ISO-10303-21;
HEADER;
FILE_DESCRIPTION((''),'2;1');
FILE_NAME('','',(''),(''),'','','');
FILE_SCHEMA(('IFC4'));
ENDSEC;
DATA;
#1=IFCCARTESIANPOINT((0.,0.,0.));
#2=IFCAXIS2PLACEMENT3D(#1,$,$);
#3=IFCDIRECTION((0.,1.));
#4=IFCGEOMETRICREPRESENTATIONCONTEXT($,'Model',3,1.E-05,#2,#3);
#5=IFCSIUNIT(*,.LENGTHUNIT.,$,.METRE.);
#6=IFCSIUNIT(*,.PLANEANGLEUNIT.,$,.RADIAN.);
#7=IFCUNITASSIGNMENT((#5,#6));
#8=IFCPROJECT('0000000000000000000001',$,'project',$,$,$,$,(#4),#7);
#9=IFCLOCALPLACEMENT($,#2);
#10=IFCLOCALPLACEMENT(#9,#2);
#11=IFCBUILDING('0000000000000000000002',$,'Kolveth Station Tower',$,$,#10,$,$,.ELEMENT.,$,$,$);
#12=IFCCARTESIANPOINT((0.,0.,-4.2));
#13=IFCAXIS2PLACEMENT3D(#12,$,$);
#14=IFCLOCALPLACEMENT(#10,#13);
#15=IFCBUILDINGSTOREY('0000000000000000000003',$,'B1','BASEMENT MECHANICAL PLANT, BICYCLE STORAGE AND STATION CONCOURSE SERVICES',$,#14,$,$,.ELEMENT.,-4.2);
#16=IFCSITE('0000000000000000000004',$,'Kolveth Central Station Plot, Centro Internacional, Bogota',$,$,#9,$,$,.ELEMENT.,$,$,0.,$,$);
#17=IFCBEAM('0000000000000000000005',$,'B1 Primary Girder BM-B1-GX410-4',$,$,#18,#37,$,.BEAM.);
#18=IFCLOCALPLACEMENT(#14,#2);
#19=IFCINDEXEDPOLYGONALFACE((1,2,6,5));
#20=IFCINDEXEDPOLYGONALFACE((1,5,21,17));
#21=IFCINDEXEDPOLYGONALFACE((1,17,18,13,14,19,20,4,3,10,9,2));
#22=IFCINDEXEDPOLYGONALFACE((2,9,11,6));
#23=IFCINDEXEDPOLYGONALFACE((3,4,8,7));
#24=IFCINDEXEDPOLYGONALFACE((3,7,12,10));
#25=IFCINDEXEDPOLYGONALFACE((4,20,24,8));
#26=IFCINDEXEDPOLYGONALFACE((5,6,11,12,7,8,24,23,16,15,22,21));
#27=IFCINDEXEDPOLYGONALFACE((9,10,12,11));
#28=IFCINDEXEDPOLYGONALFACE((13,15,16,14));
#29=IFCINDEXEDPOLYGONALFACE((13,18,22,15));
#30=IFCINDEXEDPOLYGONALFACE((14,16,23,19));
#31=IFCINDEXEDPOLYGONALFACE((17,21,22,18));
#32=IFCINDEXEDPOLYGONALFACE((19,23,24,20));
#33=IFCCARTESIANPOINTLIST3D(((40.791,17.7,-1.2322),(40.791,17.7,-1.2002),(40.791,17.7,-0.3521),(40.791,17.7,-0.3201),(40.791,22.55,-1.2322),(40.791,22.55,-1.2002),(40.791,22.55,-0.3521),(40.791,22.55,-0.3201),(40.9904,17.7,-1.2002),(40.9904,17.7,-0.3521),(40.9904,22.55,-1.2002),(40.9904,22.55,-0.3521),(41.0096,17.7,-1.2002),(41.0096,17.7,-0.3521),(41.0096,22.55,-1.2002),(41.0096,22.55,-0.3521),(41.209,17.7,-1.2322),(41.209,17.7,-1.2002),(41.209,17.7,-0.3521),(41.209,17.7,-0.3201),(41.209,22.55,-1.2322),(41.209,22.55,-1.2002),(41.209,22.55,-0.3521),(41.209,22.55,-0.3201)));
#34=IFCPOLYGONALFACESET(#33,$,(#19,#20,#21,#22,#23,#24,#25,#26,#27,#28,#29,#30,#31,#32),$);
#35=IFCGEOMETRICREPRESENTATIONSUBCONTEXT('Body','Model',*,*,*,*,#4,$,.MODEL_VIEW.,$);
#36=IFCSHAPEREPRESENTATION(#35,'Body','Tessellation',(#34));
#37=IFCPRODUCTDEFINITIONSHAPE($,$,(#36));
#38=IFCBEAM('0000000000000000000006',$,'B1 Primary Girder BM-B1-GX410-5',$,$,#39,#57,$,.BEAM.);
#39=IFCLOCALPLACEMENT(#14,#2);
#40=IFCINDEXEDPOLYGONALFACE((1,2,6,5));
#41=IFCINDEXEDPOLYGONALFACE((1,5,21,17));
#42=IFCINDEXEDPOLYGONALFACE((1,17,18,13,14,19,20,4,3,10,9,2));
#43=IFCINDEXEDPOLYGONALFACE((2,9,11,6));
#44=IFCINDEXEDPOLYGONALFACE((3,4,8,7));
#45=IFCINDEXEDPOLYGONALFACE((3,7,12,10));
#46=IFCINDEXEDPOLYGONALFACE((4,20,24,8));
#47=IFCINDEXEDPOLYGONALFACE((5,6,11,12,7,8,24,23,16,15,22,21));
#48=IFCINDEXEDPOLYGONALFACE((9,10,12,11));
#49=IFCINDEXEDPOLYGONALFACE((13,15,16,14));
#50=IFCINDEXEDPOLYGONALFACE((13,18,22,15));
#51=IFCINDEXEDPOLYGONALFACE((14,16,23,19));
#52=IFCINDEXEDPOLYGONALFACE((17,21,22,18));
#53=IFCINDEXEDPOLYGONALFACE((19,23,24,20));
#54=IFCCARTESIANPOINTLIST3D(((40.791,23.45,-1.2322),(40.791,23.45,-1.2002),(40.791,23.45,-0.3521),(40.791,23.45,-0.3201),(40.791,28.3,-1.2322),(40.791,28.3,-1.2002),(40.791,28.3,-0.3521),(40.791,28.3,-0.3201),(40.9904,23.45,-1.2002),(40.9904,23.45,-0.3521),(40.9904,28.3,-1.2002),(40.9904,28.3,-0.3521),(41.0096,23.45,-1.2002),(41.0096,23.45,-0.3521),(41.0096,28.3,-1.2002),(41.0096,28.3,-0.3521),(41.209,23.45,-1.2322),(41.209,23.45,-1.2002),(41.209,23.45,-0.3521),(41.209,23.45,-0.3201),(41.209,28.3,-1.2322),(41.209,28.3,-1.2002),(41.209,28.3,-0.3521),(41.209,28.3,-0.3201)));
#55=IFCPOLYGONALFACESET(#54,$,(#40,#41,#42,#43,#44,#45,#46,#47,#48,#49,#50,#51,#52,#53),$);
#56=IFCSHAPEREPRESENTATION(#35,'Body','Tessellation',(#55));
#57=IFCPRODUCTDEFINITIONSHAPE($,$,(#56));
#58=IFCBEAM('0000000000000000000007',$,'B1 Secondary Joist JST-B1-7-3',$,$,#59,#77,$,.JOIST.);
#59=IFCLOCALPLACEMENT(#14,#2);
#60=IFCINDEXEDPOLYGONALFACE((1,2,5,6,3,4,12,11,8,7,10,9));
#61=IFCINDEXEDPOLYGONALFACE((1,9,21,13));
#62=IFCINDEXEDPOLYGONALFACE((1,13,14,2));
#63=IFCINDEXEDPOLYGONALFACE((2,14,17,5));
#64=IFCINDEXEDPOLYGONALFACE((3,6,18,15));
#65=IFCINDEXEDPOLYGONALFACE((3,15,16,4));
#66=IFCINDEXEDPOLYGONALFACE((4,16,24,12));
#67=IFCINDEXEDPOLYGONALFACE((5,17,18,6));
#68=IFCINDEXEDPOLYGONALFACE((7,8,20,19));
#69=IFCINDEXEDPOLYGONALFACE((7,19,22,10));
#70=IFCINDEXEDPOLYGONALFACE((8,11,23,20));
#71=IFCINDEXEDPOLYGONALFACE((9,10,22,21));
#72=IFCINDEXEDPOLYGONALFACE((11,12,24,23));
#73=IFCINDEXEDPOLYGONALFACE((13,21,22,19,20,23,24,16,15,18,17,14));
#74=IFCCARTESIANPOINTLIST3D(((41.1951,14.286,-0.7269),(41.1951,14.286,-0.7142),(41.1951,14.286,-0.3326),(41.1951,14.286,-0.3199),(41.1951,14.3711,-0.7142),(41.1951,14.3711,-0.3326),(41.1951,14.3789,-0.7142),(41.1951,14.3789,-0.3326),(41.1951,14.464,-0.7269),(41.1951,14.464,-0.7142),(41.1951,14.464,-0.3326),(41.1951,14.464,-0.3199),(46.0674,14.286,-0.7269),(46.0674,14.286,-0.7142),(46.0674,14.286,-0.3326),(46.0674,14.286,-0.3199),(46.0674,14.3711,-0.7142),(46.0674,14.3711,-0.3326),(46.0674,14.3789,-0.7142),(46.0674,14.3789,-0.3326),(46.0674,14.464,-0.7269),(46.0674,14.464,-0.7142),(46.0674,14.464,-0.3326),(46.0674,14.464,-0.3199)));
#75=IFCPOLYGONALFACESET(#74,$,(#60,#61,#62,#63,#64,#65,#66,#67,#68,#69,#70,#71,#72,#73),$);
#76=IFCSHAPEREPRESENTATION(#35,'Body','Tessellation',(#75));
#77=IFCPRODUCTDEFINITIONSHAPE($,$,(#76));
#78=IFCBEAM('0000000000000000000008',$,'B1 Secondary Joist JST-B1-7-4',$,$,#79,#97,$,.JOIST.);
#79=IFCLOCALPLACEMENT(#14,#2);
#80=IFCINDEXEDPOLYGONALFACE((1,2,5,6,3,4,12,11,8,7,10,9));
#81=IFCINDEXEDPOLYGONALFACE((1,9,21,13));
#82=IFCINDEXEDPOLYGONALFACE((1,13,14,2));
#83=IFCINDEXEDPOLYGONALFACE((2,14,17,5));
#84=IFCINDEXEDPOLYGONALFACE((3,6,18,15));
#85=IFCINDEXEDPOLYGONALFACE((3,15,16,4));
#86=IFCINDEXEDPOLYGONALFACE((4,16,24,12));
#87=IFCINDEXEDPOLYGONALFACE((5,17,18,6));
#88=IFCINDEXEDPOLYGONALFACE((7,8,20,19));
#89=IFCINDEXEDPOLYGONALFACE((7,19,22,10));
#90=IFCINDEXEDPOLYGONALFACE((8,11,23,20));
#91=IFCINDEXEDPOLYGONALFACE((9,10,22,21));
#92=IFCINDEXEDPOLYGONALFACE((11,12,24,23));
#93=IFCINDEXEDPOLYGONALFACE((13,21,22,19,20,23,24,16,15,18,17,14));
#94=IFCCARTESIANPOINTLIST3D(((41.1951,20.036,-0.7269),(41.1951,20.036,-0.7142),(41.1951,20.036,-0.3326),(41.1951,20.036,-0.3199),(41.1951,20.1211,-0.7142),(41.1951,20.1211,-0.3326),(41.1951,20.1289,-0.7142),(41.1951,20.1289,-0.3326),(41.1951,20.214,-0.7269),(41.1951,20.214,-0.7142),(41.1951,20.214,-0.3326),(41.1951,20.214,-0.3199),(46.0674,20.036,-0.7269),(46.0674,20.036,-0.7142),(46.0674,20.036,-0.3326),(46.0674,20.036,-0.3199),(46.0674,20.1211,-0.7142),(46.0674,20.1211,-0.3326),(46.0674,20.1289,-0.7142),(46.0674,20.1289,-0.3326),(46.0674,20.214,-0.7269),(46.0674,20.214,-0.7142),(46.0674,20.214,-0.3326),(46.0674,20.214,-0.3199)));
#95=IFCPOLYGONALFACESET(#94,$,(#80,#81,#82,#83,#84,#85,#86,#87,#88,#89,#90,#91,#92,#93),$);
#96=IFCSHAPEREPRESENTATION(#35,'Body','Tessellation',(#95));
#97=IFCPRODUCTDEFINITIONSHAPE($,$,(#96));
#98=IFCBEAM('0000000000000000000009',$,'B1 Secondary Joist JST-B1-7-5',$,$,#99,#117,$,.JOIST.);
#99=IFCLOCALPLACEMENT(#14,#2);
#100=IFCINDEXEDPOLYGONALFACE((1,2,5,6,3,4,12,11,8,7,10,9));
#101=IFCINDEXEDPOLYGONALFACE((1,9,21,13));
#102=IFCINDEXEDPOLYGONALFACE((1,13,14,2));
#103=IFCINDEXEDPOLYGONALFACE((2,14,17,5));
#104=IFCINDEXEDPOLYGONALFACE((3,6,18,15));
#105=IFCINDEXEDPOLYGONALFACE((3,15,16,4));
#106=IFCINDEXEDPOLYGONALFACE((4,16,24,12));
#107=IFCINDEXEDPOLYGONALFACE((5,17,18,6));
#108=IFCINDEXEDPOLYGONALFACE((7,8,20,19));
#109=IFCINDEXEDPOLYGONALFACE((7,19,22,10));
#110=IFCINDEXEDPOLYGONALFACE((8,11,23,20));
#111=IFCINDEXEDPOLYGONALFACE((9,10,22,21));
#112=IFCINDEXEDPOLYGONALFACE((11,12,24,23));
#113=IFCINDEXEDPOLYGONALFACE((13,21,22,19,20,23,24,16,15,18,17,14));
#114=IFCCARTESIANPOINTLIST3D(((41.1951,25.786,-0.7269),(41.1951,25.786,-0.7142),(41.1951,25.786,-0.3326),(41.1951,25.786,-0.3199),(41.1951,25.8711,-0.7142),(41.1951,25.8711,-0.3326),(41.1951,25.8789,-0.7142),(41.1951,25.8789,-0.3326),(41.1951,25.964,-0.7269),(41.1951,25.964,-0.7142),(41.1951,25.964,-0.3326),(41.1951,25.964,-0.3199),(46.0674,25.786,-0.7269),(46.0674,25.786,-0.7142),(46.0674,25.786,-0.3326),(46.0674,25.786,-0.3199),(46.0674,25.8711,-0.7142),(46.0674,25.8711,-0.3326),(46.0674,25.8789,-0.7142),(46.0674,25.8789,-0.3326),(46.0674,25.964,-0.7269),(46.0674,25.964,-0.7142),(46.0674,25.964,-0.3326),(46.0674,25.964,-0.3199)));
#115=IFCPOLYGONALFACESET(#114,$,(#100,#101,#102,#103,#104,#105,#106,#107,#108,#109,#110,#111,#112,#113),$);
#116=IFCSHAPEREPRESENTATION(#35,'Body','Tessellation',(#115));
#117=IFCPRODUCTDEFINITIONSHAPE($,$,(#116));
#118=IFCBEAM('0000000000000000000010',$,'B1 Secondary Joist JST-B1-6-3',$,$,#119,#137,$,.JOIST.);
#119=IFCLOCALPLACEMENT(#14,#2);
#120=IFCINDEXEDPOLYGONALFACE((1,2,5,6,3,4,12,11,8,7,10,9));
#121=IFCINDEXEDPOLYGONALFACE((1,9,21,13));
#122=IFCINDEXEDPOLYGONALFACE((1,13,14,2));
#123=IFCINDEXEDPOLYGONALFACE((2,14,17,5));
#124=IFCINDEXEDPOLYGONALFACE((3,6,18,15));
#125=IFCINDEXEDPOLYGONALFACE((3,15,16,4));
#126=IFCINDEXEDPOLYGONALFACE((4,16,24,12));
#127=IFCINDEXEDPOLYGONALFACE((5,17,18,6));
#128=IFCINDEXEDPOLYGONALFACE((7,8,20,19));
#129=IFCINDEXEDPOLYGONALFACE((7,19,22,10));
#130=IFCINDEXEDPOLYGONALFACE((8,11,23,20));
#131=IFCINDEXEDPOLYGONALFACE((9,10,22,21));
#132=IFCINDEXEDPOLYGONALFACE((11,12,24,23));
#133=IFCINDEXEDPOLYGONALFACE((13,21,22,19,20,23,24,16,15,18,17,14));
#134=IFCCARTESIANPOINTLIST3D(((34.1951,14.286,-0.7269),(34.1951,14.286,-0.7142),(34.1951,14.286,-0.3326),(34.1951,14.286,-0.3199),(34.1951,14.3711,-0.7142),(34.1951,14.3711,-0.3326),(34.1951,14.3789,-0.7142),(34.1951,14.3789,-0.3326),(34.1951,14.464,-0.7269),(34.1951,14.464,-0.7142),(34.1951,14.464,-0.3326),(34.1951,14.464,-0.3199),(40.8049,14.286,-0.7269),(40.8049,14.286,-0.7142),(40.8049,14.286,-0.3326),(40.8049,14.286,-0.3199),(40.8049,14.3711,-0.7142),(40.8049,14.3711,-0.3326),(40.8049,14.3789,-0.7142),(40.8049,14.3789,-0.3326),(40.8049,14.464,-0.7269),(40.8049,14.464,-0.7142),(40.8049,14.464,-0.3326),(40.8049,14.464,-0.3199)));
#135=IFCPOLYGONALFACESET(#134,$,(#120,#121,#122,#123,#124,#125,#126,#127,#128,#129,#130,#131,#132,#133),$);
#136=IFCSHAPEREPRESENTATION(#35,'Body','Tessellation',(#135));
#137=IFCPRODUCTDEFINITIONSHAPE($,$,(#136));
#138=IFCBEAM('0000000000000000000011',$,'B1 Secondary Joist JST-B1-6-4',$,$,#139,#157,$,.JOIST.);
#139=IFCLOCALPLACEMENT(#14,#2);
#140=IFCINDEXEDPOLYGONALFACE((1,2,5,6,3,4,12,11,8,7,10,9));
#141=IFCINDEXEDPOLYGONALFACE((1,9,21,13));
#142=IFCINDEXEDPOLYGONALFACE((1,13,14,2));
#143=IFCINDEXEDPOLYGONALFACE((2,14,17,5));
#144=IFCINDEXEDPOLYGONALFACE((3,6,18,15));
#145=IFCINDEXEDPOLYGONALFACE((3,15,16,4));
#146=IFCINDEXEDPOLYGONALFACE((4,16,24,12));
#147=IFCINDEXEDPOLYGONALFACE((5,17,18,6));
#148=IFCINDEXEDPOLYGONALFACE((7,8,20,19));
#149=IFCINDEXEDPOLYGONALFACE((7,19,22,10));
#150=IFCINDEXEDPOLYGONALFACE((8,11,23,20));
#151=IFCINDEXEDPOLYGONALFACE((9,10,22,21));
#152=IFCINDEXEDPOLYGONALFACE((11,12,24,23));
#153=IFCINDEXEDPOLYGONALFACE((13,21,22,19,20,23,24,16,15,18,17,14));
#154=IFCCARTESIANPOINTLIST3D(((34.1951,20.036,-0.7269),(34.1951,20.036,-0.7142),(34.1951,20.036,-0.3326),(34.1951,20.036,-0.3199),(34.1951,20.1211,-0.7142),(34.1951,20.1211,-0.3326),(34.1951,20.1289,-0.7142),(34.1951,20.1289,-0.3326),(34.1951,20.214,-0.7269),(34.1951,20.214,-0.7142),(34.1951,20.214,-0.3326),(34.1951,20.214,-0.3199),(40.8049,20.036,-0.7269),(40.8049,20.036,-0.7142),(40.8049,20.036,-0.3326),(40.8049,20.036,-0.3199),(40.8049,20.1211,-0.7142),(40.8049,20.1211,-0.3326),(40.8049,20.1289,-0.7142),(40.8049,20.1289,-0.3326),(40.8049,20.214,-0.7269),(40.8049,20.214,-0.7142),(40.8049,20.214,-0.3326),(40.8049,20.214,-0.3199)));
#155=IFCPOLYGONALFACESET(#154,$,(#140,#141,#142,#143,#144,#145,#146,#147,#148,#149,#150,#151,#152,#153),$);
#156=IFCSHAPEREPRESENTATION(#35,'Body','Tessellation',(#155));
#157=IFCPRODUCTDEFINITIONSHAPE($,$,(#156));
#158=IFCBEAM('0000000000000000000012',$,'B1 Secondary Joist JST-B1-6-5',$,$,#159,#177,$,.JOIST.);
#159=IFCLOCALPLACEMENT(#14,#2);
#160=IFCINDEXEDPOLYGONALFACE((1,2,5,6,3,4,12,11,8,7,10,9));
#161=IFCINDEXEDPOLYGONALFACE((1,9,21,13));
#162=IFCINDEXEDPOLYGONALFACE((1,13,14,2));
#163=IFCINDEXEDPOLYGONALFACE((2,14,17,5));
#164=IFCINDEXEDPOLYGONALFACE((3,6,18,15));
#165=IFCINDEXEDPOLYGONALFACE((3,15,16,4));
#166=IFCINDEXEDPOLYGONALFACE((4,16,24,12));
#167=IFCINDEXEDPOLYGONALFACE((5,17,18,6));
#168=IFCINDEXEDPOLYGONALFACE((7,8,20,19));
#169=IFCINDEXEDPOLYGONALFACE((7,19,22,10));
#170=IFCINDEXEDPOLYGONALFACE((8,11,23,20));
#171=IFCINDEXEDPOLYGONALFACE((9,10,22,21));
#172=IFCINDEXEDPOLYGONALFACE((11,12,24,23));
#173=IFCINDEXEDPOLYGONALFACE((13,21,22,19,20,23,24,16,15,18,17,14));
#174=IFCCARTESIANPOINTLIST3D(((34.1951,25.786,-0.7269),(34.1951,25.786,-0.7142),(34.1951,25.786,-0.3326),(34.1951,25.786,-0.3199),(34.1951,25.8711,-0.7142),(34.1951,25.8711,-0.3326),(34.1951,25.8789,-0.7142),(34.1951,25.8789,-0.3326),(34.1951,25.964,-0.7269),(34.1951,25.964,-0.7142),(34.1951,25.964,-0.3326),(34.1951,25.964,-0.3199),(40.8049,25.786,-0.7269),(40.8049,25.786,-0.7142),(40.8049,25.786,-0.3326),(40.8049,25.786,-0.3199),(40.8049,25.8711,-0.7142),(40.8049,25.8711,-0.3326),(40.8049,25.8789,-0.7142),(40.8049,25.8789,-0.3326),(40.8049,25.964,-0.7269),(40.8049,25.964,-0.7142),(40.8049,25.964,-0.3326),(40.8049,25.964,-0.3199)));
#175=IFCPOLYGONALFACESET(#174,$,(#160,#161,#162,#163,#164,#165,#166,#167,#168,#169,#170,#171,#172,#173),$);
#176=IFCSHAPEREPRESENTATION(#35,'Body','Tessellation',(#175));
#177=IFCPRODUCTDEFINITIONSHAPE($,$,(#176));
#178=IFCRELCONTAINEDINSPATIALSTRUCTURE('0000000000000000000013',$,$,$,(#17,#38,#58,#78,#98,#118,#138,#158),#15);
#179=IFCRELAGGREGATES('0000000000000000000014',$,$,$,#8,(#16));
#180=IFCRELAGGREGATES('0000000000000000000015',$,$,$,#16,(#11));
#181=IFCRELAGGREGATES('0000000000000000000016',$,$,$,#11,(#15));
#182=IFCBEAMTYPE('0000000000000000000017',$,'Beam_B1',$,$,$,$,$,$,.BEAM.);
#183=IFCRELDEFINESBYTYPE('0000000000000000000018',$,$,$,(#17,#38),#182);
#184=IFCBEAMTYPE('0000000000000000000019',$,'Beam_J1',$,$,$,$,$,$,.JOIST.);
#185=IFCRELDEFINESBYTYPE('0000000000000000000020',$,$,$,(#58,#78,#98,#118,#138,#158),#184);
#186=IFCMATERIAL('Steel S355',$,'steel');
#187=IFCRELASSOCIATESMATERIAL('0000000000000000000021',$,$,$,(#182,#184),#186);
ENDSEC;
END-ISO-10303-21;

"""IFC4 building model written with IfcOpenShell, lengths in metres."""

from ifc_helpers import new_model, si_unit, direction, frame, origin, origin_2d, place, context, subcontext, project, spatial, i_section, extrude, source, transform, mapped, material, material_profile, profile_set, type_object, element, save


model = new_model("IFC4")

# Units and contexts
model_context = context("Model", 3, precision=1e-05, world=origin(), true_north=direction((0.0, 1.0)))
body_context = subcontext(model_context, "Body", "Model", "MODEL_VIEW")
ifc_project = project(units=[si_unit("LENGTHUNIT", "METRE"), si_unit("PLANEANGLEUNIT", "RADIAN")], contexts=[model_context])

# Site, building, storey
site_placement = place(None, origin())
site = spatial("IfcSite", under=ifc_project, at=site_placement, Name="Kolveth Central Station Plot, Centro Internacional, Bogota", CompositionType="ELEMENT", RefElevation=0.0)
building_placement = place(site_placement, origin())
building = spatial("IfcBuilding", under=site, at=building_placement, Name="Kolveth Station Tower", CompositionType="ELEMENT")
storey_placement = place(building_placement, frame((0.0, 0.0, -4.2)))
storey = spatial("IfcBuildingStorey", under=building, at=storey_placement, Name="B1", Description="BASEMENT MECHANICAL PLANT, BICYCLE STORAGE AND STATION CONCOURSE SERVICES", CompositionType="ELEMENT", Elevation=-4.2)

# Beams
ifc_material_1 = material(Name="Steel S355", Category="steel")
ifc_material_profile_1 = material_profile(ifc_material_1, i_section(OverallWidth=0.418, OverallDepth=0.9121, WebThickness=0.0193, FlangeThickness=0.032, at=origin_2d()), Name="W920x342")
ifc_profile_set_1 = profile_set([ifc_material_profile_1], Name="Steel S355")
beam_type_1 = type_object("IfcBeamType", Name="Beam_B1", PredefinedType="BEAM", material=ifc_profile_set_1)
shared_shape_1 = source(origin(), body_context, "Body", "SweptSolid", [
    extrude(i_section(OverallWidth=0.418, OverallDepth=0.9121, WebThickness=0.0193, FlangeThickness=0.032, at=origin_2d()), origin(), (0.0, 0.0, 1.0), 4.8501),
])
for number, where, z_axis, x_axis, name in (
    (1, (41.0, 17.7, -0.7761), (0.0, 1.0, 0.0), (-1.0, 0.0, 0.0), "B1 Primary Girder BM-B1-GX410-4"),
    (2, (41.0, 23.45, -0.7761), (0.0, 1.0, 0.0), (-1.0, 0.0, 0.0), "B1 Primary Girder BM-B1-GX410-5"),
):
    element("IfcBeam", number, at=place(storey_placement, frame(where, z_axis=z_axis, x_axis=x_axis)), inside=storey, type_object=beam_type_1, Name=name, PredefinedType="BEAM", context=body_context, shape_type="MappedRepresentation", body=[
        mapped(shared_shape_1, transform((0.0, 0.0, 0.0), x_axis=(1.0, 0.0, 0.0), y_axis=(0.0, 1.0, 0.0), z_axis=(0.0, 0.0, 1.0), scale=1.0)),
    ])
ifc_material_profile_2 = material_profile(ifc_material_1, i_section(OverallWidth=0.178, OverallDepth=0.407, WebThickness=0.0078, FlangeThickness=0.0127, at=origin_2d()), Name="W410x60")
ifc_profile_set_2 = profile_set([ifc_material_profile_2], Name="Steel S355")
beam_type_2 = type_object("IfcBeamType", Name="Beam_J1", PredefinedType="JOIST", material=ifc_profile_set_2)
shared_shape_2 = source(origin(), body_context, "Body", "SweptSolid", [
    extrude(i_section(OverallWidth=0.178, OverallDepth=0.407, WebThickness=0.0078, FlangeThickness=0.0127, at=origin_2d()), origin(), (0.0, 0.0, 1.0), 4.8723),
])
for number, where, z_axis, x_axis, name in (
    (3, (41.1951, 14.375, -0.5234), (1.0, 0.0, 0.0), (0.0, 1.0, 0.0), "B1 Secondary Joist JST-B1-7-3"),
    (4, (41.1951, 20.125, -0.5234), (1.0, 0.0, 0.0), (0.0, 1.0, 0.0), "B1 Secondary Joist JST-B1-7-4"),
    (5, (41.1951, 25.875, -0.5234), (1.0, 0.0, 0.0), (0.0, 1.0, 0.0), "B1 Secondary Joist JST-B1-7-5"),
):
    element("IfcBeam", number, at=place(storey_placement, frame(where, z_axis=z_axis, x_axis=x_axis)), inside=storey, type_object=beam_type_2, Name=name, PredefinedType="JOIST", context=body_context, shape_type="MappedRepresentation", body=[
        mapped(shared_shape_2, transform((0.0, 0.0, 0.0), x_axis=(1.0, 0.0, 0.0), y_axis=(0.0, 1.0, 0.0), z_axis=(0.0, 0.0, 1.0), scale=1.0)),
    ])
shared_shape_3 = source(origin(), body_context, "Body", "SweptSolid", [
    extrude(i_section(OverallWidth=0.178, OverallDepth=0.407, WebThickness=0.0078, FlangeThickness=0.0127, at=origin_2d()), origin(), (0.0, 0.0, 1.0), 6.6099),
])
for number, where, z_axis, x_axis, name in (
    (6, (34.1951, 14.375, -0.5234), (1.0, 0.0, 0.0), (0.0, 1.0, 0.0), "B1 Secondary Joist JST-B1-6-3"),
    (7, (34.1951, 20.125, -0.5234), (1.0, 0.0, 0.0), (0.0, 1.0, 0.0), "B1 Secondary Joist JST-B1-6-4"),
    (8, (34.1951, 25.875, -0.5234), (1.0, 0.0, 0.0), (0.0, 1.0, 0.0), "B1 Secondary Joist JST-B1-6-5"),
):
    element("IfcBeam", number, at=place(storey_placement, frame(where, z_axis=z_axis, x_axis=x_axis)), inside=storey, type_object=beam_type_2, Name=name, PredefinedType="JOIST", context=body_context, shape_type="MappedRepresentation", body=[
        mapped(shared_shape_3, transform((0.0, 0.0, 0.0), x_axis=(1.0, 0.0, 0.0), y_axis=(0.0, 1.0, 0.0), z_axis=(0.0, 0.0, 1.0), scale=1.0)),
    ])

save(model, "model.ifc")
